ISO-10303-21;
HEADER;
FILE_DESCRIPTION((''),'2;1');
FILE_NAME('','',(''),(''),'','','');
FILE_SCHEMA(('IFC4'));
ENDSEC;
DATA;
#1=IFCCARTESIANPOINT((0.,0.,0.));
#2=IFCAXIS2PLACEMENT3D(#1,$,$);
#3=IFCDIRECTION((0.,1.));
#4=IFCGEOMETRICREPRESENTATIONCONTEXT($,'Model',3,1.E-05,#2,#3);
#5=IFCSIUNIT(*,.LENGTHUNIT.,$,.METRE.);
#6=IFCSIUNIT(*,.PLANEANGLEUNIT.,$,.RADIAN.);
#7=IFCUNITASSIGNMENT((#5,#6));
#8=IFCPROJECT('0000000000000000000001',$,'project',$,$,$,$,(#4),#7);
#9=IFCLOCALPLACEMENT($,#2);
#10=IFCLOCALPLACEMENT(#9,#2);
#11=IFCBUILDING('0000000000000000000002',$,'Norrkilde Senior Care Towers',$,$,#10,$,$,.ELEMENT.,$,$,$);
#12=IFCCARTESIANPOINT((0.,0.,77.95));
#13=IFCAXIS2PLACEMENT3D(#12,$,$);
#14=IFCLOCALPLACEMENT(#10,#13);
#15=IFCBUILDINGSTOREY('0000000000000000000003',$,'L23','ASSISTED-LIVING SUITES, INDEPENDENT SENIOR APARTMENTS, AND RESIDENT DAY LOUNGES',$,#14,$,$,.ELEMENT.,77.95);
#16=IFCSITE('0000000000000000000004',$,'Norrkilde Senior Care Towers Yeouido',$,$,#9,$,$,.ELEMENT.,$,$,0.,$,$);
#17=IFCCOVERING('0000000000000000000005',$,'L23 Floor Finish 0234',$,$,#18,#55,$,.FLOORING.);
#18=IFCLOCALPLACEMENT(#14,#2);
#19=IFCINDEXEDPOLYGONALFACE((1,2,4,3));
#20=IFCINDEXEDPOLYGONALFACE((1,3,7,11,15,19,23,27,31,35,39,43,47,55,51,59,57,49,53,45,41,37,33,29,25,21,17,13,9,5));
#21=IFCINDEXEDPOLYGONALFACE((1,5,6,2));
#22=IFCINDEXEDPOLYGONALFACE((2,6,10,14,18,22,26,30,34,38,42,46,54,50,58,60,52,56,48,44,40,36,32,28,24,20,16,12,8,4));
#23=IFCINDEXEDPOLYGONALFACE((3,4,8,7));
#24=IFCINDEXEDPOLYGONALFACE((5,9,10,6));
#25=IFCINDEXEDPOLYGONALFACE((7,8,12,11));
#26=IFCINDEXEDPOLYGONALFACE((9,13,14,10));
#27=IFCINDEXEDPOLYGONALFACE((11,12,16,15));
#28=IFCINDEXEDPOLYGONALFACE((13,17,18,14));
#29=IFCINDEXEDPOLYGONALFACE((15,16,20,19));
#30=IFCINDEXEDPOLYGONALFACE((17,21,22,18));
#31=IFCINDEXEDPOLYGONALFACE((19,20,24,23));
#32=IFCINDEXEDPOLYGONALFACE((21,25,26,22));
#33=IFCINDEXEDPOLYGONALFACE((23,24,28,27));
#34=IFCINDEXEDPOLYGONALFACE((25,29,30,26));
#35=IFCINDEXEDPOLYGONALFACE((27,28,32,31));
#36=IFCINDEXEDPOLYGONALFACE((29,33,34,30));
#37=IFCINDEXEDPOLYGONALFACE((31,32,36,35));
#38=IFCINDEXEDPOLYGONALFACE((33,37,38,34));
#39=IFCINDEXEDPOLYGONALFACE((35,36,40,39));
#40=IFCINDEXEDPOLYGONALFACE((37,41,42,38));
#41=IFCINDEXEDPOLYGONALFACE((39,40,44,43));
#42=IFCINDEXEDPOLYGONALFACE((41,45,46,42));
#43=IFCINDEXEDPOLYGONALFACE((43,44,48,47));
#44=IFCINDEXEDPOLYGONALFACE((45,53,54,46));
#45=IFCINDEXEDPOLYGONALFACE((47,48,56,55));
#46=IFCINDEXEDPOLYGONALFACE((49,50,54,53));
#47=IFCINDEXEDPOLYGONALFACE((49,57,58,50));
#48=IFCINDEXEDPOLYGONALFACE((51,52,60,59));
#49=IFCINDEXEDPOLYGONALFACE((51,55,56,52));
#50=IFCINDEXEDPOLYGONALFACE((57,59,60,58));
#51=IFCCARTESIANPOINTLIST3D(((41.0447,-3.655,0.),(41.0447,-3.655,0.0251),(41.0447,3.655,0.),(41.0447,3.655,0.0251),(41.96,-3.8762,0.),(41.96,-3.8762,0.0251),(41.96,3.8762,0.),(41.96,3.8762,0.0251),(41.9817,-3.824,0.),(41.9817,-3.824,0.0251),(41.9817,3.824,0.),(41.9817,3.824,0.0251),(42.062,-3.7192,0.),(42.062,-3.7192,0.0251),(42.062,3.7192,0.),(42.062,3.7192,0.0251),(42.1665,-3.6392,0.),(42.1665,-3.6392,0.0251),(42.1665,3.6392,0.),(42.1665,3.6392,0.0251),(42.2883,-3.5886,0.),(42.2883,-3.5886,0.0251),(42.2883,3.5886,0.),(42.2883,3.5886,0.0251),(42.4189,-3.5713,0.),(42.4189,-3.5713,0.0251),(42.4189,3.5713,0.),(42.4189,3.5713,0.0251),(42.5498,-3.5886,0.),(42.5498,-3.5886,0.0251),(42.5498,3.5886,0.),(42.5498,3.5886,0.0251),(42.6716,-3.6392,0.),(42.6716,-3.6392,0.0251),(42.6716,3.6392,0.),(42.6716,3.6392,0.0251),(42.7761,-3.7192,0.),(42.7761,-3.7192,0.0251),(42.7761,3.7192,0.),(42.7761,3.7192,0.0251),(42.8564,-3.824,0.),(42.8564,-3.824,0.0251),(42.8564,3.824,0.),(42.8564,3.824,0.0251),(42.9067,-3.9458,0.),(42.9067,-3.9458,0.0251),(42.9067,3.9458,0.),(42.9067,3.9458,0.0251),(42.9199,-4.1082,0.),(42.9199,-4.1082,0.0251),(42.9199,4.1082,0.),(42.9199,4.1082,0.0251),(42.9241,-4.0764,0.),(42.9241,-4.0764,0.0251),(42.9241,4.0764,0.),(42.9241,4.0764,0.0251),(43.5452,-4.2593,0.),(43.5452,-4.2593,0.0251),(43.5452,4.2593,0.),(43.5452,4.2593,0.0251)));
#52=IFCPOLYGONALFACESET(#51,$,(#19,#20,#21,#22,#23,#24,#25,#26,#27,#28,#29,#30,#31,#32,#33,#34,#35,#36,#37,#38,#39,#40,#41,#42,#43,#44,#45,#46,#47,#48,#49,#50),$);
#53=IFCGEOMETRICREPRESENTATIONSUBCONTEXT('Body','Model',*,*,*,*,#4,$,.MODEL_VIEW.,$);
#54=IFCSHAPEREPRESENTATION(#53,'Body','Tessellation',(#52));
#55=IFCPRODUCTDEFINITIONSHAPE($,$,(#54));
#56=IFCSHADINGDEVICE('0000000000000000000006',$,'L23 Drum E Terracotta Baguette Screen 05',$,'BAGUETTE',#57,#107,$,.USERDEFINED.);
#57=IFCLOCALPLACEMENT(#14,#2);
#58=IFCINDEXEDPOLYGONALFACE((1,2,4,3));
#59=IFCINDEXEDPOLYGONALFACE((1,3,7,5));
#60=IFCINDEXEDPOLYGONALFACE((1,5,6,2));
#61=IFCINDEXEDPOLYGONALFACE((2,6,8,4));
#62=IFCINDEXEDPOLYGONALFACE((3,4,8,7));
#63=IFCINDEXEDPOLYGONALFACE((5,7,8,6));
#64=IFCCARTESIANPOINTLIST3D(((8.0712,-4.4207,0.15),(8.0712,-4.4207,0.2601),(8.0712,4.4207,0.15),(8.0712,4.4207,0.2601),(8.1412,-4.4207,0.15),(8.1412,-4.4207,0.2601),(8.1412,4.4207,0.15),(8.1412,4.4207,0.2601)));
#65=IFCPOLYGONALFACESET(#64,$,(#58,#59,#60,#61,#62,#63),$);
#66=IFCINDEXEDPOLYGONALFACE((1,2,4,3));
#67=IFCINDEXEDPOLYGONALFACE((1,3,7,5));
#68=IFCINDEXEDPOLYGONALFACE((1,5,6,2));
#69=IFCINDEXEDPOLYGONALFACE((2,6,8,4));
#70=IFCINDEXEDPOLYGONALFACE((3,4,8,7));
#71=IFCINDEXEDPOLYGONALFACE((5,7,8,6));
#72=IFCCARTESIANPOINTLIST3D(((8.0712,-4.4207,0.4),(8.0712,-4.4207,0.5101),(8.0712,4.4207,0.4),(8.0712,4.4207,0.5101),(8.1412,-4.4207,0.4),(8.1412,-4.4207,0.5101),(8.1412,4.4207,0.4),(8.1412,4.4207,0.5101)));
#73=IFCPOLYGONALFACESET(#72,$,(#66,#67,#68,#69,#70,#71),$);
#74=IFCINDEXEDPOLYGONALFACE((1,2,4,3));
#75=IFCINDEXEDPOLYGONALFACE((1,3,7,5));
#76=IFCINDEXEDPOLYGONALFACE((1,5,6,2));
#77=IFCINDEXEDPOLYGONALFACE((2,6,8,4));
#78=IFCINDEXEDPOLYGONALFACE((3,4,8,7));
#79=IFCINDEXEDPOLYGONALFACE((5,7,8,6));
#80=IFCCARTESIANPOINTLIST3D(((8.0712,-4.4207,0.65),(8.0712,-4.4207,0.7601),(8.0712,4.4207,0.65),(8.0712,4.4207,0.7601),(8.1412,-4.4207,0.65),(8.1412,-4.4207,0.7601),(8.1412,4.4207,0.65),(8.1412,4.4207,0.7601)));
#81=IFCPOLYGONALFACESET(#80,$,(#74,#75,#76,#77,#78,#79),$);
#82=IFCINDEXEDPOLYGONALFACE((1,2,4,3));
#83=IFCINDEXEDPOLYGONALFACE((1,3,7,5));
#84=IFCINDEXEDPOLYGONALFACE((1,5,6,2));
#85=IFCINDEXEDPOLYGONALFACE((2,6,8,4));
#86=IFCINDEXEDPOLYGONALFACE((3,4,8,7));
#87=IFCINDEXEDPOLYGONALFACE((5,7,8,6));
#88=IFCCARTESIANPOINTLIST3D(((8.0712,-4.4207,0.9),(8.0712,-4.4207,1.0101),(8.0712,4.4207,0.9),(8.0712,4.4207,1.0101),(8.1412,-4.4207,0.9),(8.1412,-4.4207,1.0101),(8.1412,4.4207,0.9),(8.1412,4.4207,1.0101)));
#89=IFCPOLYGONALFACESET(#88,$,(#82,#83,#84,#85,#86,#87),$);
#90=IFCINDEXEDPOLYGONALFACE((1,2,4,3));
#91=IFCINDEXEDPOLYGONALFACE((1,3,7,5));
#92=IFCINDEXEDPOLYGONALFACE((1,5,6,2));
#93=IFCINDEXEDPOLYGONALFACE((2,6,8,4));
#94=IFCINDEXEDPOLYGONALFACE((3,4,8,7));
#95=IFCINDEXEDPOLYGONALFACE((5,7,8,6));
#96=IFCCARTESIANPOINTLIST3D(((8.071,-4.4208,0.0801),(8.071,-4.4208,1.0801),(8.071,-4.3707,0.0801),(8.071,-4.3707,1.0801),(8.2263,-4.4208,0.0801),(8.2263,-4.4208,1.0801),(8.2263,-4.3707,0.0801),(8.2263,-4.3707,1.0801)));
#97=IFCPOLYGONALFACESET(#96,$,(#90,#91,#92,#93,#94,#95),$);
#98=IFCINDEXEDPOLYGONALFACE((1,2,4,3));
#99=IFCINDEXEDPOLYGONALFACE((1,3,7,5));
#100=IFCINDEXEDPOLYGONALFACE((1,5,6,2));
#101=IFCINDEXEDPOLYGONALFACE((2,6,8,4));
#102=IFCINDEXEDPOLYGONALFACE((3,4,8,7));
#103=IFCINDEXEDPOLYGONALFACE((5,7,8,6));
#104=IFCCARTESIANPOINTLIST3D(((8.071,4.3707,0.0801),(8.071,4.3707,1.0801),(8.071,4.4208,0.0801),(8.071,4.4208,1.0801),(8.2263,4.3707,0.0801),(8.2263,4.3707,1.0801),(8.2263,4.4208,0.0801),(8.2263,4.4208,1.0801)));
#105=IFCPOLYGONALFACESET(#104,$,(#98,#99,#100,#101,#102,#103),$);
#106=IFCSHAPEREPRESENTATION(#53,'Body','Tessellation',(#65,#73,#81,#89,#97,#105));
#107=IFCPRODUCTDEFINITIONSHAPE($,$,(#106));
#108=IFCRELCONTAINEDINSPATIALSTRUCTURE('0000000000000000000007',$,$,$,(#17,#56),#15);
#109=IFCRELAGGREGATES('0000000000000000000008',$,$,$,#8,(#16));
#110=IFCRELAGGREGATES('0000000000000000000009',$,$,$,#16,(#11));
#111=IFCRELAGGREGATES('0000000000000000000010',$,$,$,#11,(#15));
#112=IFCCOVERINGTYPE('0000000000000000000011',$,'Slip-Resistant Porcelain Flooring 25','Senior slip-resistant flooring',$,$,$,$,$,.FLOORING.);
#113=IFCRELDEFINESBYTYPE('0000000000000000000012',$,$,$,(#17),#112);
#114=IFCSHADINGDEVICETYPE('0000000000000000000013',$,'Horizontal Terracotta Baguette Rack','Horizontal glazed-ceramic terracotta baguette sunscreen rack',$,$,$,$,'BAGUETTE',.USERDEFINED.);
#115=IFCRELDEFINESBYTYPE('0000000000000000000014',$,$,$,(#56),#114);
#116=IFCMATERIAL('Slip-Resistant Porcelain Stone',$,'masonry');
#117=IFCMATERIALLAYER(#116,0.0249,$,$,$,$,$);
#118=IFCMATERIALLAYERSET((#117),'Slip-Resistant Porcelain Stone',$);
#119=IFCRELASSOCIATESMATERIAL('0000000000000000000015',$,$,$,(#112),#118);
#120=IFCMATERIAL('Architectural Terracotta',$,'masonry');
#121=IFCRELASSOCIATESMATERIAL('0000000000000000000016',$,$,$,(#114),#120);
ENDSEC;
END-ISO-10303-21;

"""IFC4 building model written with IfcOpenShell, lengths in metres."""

from ifc_helpers import new_model, si_unit, direction, frame, origin, origin_2d, place, context, subcontext, project, spatial, polyline, rectangle, outline, extrude, source, transform, mapped, material, layer, layer_set, type_object, type_shapes, element, save


model = new_model("IFC4")

# Units and contexts
model_context = context("Model", 3, precision=1e-05, world=origin(), true_north=direction((0.0, 1.0)))
body_context = subcontext(model_context, "Body", "Model", "MODEL_VIEW")
ifc_project = project(units=[si_unit("LENGTHUNIT", "METRE"), si_unit("PLANEANGLEUNIT", "RADIAN")], contexts=[model_context])

# Site, building, storey
site_placement = place(None, origin())
site = spatial("IfcSite", under=ifc_project, at=site_placement, Name="Norrkilde Senior Care Towers Yeouido", CompositionType="ELEMENT", RefElevation=0.0)
building_placement = place(site_placement, origin())
building = spatial("IfcBuilding", under=site, at=building_placement, Name="Norrkilde Senior Care Towers", CompositionType="ELEMENT")
storey_placement = place(building_placement, frame((0.0, 0.0, 77.95)))
storey = spatial("IfcBuildingStorey", under=building, at=storey_placement, Name="L23", Description="ASSISTED-LIVING SUITES, INDEPENDENT SENIOR APARTMENTS, AND RESIDENT DAY LOUNGES", CompositionType="ELEMENT", Elevation=77.95)

# Covering
ifc_material_1 = material(Name="Slip-Resistant Porcelain Stone", Category="masonry")
ifc_layer_1 = layer(ifc_material_1, 0.0249)
ifc_layer_set_1 = layer_set([ifc_layer_1], Name="Slip-Resistant Porcelain Stone")
covering_type_1 = type_object("IfcCoveringType", Name="Slip-Resistant Porcelain Flooring 25", Description="Senior slip-resistant flooring", PredefinedType="FLOORING", material=ifc_layer_set_1)
covering_1_placement = place(storey_placement, origin())
element("IfcCovering", 1, at=covering_1_placement, inside=storey, type_object=covering_type_1, Name="L23 Floor Finish 0234", PredefinedType="FLOORING", context=body_context, shape_type="SweptSolid", body=[
    extrude(outline(polyline([(41.9817, 3.824), (42.062, 3.7192), (42.1665, 3.6392), (42.2883, 3.5886), (42.4189, 3.5713), (42.5498, 3.5886), (42.6716, 3.6392), (42.7761, 3.7192), (42.8564, 3.824), (42.9067, 3.9458), (42.9241, 4.0764), (42.9199, 4.1082), (43.5452, 4.2593), (43.5452, -4.2593), (42.9199, -4.1082), (42.9241, -4.0764), (42.9067, -3.9458), (42.8564, -3.824), (42.7761, -3.7192), (42.6716, -3.6392), (42.5498, -3.5886), (42.4189, -3.5713), (42.2883, -3.5886), (42.1665, -3.6392), (42.062, -3.7192), (41.9817, -3.824), (41.96, -3.8762), (41.0447, -3.655), (41.0447, 3.655), (41.96, 3.8762), (41.9817, 3.824)])), origin(), (0.0, 0.0, 1.0), 0.0251),
])

# Shading device
ifc_material_2 = material(Name="Architectural Terracotta", Category="masonry")
shading_device_type = type_object("IfcShadingDeviceType", Name="Horizontal Terracotta Baguette Rack", Description="Horizontal glazed-ceramic terracotta baguette sunscreen rack", ElementType="BAGUETTE", PredefinedType="USERDEFINED", material=ifc_material_2)
shared_shape_1 = source(origin(), body_context, "Body", "SweptSolid", [
    extrude(rectangle(XDim=0.0701, YDim=0.1101, at=origin_2d()), frame((0.0, 0.0901, 0.125), z_axis=(1.0, 0.0, 0.0), x_axis=(0.0, 1.0, 0.0)), (0.0, 0.0, 1.0), 8.8413),
    extrude(rectangle(XDim=0.0701, YDim=0.1101, at=origin_2d()), frame((0.0, 0.0901, 0.375), z_axis=(1.0, 0.0, 0.0), x_axis=(0.0, 1.0, 0.0)), (0.0, 0.0, 1.0), 8.8413),
    extrude(rectangle(XDim=0.0701, YDim=0.1101, at=origin_2d()), frame((0.0, 0.0901, 0.625), z_axis=(1.0, 0.0, 0.0), x_axis=(0.0, 1.0, 0.0)), (0.0, 0.0, 1.0), 8.8413),
    extrude(rectangle(XDim=0.0701, YDim=0.1101, at=origin_2d()), frame((0.0, 0.0901, 0.875), z_axis=(1.0, 0.0, 0.0), x_axis=(0.0, 1.0, 0.0)), (0.0, 0.0, 1.0), 8.8413),
    extrude(rectangle(XDim=0.05, YDim=0.1553, at=origin_2d()), frame((0.0249, 0.0476, 0.0)), (0.0, 0.0, 1.0), 1.0),
    extrude(rectangle(XDim=0.05, YDim=0.1553, at=origin_2d()), frame((8.8164, 0.0476, 0.0)), (0.0, 0.0, 1.0), 1.0),
])
type_shapes(shading_device_type, [shared_shape_1])
shading_device_placement = place(storey_placement, frame((8.1963, -4.4207, 0.0801), z_axis=(0.0, 0.0, 1.0), x_axis=(0.0, 1.0, 0.0)))
element("IfcShadingDevice", 2, at=shading_device_placement, inside=storey, type_object=shading_device_type, Name="L23 Drum E Terracotta Baguette Screen 05", ObjectType="BAGUETTE", PredefinedType="USERDEFINED", context=body_context, shape_type="MappedRepresentation", body=[
    mapped(shared_shape_1, transform((0.0, 0.0, 0.0), x_axis=(1.0, 0.0, 0.0), y_axis=(0.0, 1.0, 0.0), z_axis=(0.0, 0.0, 1.0), scale=1.0)),
])

save(model, "model.ifc")
